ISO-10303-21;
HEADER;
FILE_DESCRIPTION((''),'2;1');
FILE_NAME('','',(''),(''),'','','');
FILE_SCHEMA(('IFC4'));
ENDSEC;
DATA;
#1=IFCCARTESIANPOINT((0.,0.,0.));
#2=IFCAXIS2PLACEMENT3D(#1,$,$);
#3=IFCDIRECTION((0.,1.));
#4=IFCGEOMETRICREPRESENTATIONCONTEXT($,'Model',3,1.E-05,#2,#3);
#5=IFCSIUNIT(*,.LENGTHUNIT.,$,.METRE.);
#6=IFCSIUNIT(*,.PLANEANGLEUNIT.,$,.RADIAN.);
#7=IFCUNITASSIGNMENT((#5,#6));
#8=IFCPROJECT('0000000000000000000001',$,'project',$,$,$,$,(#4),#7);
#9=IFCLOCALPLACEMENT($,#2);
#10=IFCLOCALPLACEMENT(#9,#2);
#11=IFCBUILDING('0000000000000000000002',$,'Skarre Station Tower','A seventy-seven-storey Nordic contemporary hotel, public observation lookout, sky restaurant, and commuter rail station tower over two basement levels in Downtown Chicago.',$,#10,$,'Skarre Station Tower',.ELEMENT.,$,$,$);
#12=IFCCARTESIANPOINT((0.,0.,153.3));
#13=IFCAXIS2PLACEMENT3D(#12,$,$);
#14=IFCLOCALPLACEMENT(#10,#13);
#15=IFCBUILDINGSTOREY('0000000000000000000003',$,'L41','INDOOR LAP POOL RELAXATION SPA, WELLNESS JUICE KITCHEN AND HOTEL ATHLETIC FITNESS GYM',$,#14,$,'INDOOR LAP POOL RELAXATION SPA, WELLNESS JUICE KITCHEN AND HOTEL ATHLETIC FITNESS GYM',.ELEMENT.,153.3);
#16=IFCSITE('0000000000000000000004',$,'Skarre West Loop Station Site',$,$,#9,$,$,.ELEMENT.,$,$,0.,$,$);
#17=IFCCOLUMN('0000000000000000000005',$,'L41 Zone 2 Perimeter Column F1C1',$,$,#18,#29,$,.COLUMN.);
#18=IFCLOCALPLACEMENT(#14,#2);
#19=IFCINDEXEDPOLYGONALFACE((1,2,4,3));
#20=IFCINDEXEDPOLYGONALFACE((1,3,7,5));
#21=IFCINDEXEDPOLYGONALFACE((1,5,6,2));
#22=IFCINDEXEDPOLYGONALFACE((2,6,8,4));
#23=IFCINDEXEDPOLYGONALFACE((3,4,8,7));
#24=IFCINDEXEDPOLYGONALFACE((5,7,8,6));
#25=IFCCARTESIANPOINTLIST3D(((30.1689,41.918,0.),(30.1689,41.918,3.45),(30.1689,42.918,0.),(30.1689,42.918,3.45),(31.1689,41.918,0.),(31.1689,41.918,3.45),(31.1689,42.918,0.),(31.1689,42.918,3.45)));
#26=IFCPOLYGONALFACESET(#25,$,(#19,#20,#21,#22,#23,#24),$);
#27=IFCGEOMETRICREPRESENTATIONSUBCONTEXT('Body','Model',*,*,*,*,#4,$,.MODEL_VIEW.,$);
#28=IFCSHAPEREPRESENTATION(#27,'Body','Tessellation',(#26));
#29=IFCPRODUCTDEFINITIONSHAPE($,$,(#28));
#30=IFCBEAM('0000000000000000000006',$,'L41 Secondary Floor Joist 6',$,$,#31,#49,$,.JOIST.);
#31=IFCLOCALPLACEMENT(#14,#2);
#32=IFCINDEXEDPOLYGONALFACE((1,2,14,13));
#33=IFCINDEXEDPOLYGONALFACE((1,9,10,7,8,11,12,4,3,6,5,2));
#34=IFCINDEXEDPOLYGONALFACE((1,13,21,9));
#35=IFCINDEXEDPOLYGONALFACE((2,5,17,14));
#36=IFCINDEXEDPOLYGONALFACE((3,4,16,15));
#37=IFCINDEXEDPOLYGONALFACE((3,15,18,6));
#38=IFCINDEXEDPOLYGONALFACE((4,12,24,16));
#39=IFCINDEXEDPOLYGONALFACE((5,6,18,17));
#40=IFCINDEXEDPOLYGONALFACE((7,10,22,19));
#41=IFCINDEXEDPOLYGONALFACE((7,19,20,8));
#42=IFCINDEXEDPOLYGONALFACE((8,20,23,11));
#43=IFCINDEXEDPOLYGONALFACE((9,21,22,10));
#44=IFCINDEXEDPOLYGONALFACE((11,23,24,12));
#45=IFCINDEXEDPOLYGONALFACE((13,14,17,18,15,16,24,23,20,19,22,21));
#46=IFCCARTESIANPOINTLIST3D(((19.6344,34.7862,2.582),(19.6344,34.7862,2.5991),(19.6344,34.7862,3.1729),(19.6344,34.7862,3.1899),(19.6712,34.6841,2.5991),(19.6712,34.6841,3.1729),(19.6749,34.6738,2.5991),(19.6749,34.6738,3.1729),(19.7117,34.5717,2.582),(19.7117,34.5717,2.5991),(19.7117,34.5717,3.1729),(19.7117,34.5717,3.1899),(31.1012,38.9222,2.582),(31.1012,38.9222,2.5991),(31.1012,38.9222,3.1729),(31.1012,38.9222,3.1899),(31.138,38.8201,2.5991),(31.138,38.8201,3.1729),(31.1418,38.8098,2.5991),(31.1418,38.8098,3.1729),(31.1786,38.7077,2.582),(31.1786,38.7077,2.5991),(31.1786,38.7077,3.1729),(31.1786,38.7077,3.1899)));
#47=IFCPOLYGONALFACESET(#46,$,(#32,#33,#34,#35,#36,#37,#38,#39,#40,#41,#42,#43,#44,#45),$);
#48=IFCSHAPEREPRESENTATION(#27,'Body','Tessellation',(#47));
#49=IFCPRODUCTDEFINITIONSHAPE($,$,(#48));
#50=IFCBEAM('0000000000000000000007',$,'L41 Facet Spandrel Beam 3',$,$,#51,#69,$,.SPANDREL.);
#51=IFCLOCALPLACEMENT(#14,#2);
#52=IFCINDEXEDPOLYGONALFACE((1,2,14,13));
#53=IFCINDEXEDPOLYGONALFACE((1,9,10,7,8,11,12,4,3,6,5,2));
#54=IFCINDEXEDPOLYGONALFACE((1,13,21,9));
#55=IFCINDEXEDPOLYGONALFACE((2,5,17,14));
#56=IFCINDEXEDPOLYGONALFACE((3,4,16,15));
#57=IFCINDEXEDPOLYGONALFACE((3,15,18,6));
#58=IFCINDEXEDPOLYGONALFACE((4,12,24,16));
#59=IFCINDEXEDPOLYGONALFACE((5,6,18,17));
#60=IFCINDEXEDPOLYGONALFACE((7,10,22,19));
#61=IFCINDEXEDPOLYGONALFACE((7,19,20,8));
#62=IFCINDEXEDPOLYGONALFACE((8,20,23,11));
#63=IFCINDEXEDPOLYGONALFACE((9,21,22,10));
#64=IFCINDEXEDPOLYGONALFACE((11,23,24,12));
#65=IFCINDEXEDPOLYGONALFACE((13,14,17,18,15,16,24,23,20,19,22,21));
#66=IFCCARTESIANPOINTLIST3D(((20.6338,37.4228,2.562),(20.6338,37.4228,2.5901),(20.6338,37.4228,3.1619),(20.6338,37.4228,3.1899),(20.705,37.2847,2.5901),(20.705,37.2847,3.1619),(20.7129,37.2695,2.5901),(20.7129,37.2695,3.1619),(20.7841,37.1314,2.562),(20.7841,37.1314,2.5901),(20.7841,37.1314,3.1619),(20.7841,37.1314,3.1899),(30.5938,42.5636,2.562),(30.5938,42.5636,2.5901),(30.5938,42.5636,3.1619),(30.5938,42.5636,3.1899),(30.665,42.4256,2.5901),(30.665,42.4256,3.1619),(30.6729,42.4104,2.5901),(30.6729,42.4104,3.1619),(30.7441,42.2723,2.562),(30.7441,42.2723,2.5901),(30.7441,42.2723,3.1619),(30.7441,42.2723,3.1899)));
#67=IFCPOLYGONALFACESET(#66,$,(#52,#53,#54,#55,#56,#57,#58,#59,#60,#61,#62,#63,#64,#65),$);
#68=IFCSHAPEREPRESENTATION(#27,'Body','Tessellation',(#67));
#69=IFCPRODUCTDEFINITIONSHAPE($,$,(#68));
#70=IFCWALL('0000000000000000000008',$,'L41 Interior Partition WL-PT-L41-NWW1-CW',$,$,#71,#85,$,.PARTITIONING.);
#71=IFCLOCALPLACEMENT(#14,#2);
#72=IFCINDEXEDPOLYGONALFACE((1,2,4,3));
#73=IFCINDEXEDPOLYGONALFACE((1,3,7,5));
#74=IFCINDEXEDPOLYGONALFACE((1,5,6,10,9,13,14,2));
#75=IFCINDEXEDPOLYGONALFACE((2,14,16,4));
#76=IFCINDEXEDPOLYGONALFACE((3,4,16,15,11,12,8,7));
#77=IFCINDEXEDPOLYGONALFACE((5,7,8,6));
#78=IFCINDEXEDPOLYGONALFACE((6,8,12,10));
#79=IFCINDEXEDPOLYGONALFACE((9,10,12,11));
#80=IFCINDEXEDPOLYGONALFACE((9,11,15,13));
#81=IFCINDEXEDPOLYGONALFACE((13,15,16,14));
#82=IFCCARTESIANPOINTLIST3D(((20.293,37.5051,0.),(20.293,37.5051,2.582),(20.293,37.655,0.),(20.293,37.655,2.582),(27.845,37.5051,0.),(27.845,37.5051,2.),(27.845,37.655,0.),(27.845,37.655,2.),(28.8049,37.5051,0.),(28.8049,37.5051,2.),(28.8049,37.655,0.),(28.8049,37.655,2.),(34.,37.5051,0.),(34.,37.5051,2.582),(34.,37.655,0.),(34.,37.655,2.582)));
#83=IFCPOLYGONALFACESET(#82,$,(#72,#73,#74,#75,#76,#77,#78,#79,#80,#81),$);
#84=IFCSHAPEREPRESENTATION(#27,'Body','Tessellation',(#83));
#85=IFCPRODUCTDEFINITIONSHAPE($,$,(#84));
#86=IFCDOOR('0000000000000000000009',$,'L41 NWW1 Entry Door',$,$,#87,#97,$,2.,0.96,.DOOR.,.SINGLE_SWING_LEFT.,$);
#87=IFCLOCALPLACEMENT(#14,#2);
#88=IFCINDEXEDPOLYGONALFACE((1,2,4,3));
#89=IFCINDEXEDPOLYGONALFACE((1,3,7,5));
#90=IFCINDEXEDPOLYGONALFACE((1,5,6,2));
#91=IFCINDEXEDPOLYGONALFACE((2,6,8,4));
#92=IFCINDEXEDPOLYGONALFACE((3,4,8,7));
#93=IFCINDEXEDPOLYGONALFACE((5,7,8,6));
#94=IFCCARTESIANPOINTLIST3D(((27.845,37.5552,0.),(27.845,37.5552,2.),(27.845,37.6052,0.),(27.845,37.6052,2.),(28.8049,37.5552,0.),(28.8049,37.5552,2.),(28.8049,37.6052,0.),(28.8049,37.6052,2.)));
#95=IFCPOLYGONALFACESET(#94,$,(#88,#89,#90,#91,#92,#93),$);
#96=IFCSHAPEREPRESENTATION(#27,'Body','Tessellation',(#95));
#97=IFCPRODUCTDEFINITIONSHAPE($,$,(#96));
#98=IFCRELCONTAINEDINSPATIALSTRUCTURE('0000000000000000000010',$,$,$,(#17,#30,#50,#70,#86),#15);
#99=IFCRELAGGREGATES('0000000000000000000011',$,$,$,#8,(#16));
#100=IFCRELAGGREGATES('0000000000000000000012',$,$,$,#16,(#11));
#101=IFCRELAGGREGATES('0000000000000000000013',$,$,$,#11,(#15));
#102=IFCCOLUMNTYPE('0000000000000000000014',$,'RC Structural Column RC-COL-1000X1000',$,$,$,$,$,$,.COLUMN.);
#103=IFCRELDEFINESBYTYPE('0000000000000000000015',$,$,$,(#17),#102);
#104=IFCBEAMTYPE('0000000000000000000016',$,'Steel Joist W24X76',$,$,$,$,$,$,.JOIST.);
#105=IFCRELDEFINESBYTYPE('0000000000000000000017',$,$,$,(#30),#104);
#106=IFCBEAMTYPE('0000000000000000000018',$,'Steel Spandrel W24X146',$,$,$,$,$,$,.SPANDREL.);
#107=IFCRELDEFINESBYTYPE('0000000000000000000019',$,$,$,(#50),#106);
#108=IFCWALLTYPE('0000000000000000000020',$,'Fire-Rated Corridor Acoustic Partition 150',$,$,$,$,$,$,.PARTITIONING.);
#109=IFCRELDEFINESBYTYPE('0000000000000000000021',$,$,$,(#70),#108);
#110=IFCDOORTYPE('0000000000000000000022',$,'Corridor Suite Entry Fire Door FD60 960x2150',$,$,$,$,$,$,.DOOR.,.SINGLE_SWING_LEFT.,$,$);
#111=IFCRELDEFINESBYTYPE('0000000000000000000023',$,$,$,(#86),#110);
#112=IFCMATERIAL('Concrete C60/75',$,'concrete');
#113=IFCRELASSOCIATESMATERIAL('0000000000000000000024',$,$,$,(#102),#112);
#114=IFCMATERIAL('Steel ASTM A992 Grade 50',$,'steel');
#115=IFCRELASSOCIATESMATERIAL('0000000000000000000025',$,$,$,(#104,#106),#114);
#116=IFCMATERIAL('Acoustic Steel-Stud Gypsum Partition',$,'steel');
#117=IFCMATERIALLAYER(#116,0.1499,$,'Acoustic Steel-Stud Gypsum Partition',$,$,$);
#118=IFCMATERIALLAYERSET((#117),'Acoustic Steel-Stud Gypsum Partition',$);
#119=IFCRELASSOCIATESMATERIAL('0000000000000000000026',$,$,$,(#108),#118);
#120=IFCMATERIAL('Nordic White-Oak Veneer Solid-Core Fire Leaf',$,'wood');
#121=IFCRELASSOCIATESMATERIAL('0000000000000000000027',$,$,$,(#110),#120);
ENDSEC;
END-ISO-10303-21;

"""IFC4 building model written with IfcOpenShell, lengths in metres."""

from ifc_helpers import new_model, si_unit, direction, frame, frame_2d, origin, origin_2d, place, context, subcontext, project, spatial, rectangle, i_section, extrude, material, layer, layer_set, material_profile, profile_set, type_object, element, fill, save


model = new_model("IFC4")

# Units and contexts
model_context = context("Model", 3, precision=1e-05, world=origin(), true_north=direction((0.0, 1.0)))
body_context = subcontext(model_context, "Body", "Model", "MODEL_VIEW")
ifc_project = project(units=[si_unit("LENGTHUNIT", "METRE"), si_unit("PLANEANGLEUNIT", "RADIAN")], contexts=[model_context])

# Site, building, storey
site_placement = place(None, origin())
site = spatial("IfcSite", under=ifc_project, at=site_placement, Name="Skarre West Loop Station Site", CompositionType="ELEMENT", RefElevation=0.0)
building_placement = place(site_placement, origin())
building = spatial("IfcBuilding", under=site, at=building_placement, Name="Skarre Station Tower", Description="A seventy-seven-storey Nordic contemporary hotel, public observation lookout, sky restaurant, and commuter rail station tower over two basement levels in Downtown Chicago.", LongName="Skarre Station Tower", CompositionType="ELEMENT")
storey_placement = place(building_placement, frame((0.0, 0.0, 153.3)))
storey = spatial("IfcBuildingStorey", under=building, at=storey_placement, Name="L41", Description="INDOOR LAP POOL RELAXATION SPA, WELLNESS JUICE KITCHEN AND HOTEL ATHLETIC FITNESS GYM", LongName="INDOOR LAP POOL RELAXATION SPA, WELLNESS JUICE KITCHEN AND HOTEL ATHLETIC FITNESS GYM", CompositionType="ELEMENT", Elevation=153.3)

# Column
ifc_material_1 = material(Name="Concrete C60/75", Category="concrete")
ifc_material_profile_1 = material_profile(ifc_material_1, rectangle(XDim=1.0, YDim=1.0, at=origin_2d()), Name="Concrete C60/75")
ifc_profile_set_1 = profile_set([ifc_material_profile_1], Name="Concrete C60/75")
column_type = type_object("IfcColumnType", Name="RC Structural Column RC-COL-1000X1000", PredefinedType="COLUMN", material=ifc_profile_set_1)
column_placement = place(storey_placement, frame((30.6689, 42.418, 0.0), z_axis=(0.0, 0.0, 1.0), x_axis=(1.0, 0.0, 0.0)))
element("IfcColumn", 1, at=column_placement, inside=storey, type_object=column_type, Name="L41 Zone 2 Perimeter Column F1C1", PredefinedType="COLUMN", context=body_context, shape_type="SweptSolid", body=[
    extrude(rectangle(XDim=1.0, YDim=1.0, at=origin_2d()), origin(), (0.0, 0.0, 1.0), 3.45),
])

# Beams
ifc_material_2 = material(Name="Steel ASTM A992 Grade 50", Category="steel")
ifc_material_profile_2 = material_profile(ifc_material_2, i_section(OverallWidth=0.228, OverallDepth=0.6079, WebThickness=0.011, FlangeThickness=0.0171, at=origin_2d()), Name="Steel ASTM A992 Grade 50")
ifc_profile_set_2 = profile_set([ifc_material_profile_2], Name="Steel ASTM A992 Grade 50")
beam_type_1 = type_object("IfcBeamType", Name="Steel Joist W24X76", PredefinedType="JOIST", material=ifc_profile_set_2)
beam_1_placement = place(storey_placement, frame((31.1399, 38.8149, 2.886), z_axis=(-0.94068, -0.339296, 0.0), x_axis=(0.339296, -0.94068, 0.0)))
element("IfcBeam", 2, at=beam_1_placement, inside=storey, type_object=beam_type_1, Name="L41 Secondary Floor Joist 6", PredefinedType="JOIST", context=body_context, shape_type="SweptSolid", body=[
    extrude(i_section(OverallWidth=0.228, OverallDepth=0.6079, WebThickness=0.011, FlangeThickness=0.0171, at=origin_2d()), origin(), (0.0, 0.0, 1.0), 12.1899),
])
ifc_material_profile_3 = material_profile(ifc_material_2, i_section(OverallWidth=0.3279, OverallDepth=0.6279, WebThickness=0.0171, FlangeThickness=0.0281, at=origin_2d()), Name="Steel ASTM A992 Grade 50")
ifc_profile_set_3 = profile_set([ifc_material_profile_3], Name="Steel ASTM A992 Grade 50")
beam_type_2 = type_object("IfcBeamType", Name="Steel Spandrel W24X146", PredefinedType="SPANDREL", material=ifc_profile_set_3)
beam_2_placement = place(storey_placement, frame((30.6689, 42.418, 2.876), z_axis=(-0.888612, -0.45866, 0.0), x_axis=(0.45866, -0.888612, 0.0)))
element("IfcBeam", 3, at=beam_2_placement, inside=storey, type_object=beam_type_2, Name="L41 Facet Spandrel Beam 3", PredefinedType="SPANDREL", context=body_context, shape_type="SweptSolid", body=[
    extrude(i_section(OverallWidth=0.3279, OverallDepth=0.6279, WebThickness=0.0171, FlangeThickness=0.0281, at=origin_2d()), origin(), (0.0, 0.0, 1.0), 11.2085),
])

# Wall, opening, door
ifc_material_3 = material(Name="Acoustic Steel-Stud Gypsum Partition", Category="steel")
ifc_layer_1 = layer(ifc_material_3, 0.1499, Name="Acoustic Steel-Stud Gypsum Partition")
ifc_layer_set_1 = layer_set([ifc_layer_1], Name="Acoustic Steel-Stud Gypsum Partition")
wall_type_1 = type_object("IfcWallType", Name="Fire-Rated Corridor Acoustic Partition 150", PredefinedType="PARTITIONING", material=ifc_layer_set_1)
wall_1_placement = place(storey_placement, frame((34.0, 37.5801, 0.0), z_axis=(0.0, 0.0, 1.0), x_axis=(-1.0, 0.0, 0.0)))
wall_1 = element("IfcWall", 4, at=wall_1_placement, inside=storey, type_object=wall_type_1, Name="L41 Interior Partition WL-PT-L41-NWW1-CW", PredefinedType="PARTITIONING", context=body_context, shape_type="SweptSolid", body=[
    extrude(rectangle(XDim=13.707, YDim=0.1499, at=frame_2d((6.8535, 0.0))), origin(), (0.0, 0.0, 1.0), 2.582),
])
opening_1_placement = place(wall_1_placement, frame((5.1951, 0.0, 0.0)))
opening_1 = element("IfcOpeningElement", 5, at=opening_1_placement, cuts=wall_1, PredefinedType="OPENING", context=body_context, shape_type="SweptSolid", body=[
    extrude(rectangle(XDim=0.96, YDim=2.0, at=frame_2d((0.48, 1.0))), frame((0.0, 0.085, 0.0), z_axis=(0.0, -1.0, 0.0), x_axis=(1.0, 0.0, 0.0)), (0.0, 0.0, 1.0), 0.1699),
])
ifc_material_4 = material(Name="Nordic White-Oak Veneer Solid-Core Fire Leaf", Category="wood")
door_type = type_object("IfcDoorType", Name="Corridor Suite Entry Fire Door FD60 960x2150", OperationType="SINGLE_SWING_LEFT", PredefinedType="DOOR", material=ifc_material_4)
door_placement = place(opening_1_placement, origin())
door = element("IfcDoor", 6, at=door_placement, inside=storey, type_object=door_type, Name="L41 NWW1 Entry Door", OperationType="SINGLE_SWING_LEFT", OverallHeight=2.0, OverallWidth=0.96, PredefinedType="DOOR", context=body_context, shape_type="SweptSolid", body=[
    extrude(rectangle(XDim=0.96, YDim=2.0, at=frame_2d((0.48, 1.0))), frame((0.0, 0.0249, 0.0), z_axis=(0.0, -1.0, 0.0), x_axis=(1.0, 0.0, 0.0)), (0.0, 0.0, 1.0), 0.05),
])
fill(opening_1, door)

save(model, "model.ifc")
